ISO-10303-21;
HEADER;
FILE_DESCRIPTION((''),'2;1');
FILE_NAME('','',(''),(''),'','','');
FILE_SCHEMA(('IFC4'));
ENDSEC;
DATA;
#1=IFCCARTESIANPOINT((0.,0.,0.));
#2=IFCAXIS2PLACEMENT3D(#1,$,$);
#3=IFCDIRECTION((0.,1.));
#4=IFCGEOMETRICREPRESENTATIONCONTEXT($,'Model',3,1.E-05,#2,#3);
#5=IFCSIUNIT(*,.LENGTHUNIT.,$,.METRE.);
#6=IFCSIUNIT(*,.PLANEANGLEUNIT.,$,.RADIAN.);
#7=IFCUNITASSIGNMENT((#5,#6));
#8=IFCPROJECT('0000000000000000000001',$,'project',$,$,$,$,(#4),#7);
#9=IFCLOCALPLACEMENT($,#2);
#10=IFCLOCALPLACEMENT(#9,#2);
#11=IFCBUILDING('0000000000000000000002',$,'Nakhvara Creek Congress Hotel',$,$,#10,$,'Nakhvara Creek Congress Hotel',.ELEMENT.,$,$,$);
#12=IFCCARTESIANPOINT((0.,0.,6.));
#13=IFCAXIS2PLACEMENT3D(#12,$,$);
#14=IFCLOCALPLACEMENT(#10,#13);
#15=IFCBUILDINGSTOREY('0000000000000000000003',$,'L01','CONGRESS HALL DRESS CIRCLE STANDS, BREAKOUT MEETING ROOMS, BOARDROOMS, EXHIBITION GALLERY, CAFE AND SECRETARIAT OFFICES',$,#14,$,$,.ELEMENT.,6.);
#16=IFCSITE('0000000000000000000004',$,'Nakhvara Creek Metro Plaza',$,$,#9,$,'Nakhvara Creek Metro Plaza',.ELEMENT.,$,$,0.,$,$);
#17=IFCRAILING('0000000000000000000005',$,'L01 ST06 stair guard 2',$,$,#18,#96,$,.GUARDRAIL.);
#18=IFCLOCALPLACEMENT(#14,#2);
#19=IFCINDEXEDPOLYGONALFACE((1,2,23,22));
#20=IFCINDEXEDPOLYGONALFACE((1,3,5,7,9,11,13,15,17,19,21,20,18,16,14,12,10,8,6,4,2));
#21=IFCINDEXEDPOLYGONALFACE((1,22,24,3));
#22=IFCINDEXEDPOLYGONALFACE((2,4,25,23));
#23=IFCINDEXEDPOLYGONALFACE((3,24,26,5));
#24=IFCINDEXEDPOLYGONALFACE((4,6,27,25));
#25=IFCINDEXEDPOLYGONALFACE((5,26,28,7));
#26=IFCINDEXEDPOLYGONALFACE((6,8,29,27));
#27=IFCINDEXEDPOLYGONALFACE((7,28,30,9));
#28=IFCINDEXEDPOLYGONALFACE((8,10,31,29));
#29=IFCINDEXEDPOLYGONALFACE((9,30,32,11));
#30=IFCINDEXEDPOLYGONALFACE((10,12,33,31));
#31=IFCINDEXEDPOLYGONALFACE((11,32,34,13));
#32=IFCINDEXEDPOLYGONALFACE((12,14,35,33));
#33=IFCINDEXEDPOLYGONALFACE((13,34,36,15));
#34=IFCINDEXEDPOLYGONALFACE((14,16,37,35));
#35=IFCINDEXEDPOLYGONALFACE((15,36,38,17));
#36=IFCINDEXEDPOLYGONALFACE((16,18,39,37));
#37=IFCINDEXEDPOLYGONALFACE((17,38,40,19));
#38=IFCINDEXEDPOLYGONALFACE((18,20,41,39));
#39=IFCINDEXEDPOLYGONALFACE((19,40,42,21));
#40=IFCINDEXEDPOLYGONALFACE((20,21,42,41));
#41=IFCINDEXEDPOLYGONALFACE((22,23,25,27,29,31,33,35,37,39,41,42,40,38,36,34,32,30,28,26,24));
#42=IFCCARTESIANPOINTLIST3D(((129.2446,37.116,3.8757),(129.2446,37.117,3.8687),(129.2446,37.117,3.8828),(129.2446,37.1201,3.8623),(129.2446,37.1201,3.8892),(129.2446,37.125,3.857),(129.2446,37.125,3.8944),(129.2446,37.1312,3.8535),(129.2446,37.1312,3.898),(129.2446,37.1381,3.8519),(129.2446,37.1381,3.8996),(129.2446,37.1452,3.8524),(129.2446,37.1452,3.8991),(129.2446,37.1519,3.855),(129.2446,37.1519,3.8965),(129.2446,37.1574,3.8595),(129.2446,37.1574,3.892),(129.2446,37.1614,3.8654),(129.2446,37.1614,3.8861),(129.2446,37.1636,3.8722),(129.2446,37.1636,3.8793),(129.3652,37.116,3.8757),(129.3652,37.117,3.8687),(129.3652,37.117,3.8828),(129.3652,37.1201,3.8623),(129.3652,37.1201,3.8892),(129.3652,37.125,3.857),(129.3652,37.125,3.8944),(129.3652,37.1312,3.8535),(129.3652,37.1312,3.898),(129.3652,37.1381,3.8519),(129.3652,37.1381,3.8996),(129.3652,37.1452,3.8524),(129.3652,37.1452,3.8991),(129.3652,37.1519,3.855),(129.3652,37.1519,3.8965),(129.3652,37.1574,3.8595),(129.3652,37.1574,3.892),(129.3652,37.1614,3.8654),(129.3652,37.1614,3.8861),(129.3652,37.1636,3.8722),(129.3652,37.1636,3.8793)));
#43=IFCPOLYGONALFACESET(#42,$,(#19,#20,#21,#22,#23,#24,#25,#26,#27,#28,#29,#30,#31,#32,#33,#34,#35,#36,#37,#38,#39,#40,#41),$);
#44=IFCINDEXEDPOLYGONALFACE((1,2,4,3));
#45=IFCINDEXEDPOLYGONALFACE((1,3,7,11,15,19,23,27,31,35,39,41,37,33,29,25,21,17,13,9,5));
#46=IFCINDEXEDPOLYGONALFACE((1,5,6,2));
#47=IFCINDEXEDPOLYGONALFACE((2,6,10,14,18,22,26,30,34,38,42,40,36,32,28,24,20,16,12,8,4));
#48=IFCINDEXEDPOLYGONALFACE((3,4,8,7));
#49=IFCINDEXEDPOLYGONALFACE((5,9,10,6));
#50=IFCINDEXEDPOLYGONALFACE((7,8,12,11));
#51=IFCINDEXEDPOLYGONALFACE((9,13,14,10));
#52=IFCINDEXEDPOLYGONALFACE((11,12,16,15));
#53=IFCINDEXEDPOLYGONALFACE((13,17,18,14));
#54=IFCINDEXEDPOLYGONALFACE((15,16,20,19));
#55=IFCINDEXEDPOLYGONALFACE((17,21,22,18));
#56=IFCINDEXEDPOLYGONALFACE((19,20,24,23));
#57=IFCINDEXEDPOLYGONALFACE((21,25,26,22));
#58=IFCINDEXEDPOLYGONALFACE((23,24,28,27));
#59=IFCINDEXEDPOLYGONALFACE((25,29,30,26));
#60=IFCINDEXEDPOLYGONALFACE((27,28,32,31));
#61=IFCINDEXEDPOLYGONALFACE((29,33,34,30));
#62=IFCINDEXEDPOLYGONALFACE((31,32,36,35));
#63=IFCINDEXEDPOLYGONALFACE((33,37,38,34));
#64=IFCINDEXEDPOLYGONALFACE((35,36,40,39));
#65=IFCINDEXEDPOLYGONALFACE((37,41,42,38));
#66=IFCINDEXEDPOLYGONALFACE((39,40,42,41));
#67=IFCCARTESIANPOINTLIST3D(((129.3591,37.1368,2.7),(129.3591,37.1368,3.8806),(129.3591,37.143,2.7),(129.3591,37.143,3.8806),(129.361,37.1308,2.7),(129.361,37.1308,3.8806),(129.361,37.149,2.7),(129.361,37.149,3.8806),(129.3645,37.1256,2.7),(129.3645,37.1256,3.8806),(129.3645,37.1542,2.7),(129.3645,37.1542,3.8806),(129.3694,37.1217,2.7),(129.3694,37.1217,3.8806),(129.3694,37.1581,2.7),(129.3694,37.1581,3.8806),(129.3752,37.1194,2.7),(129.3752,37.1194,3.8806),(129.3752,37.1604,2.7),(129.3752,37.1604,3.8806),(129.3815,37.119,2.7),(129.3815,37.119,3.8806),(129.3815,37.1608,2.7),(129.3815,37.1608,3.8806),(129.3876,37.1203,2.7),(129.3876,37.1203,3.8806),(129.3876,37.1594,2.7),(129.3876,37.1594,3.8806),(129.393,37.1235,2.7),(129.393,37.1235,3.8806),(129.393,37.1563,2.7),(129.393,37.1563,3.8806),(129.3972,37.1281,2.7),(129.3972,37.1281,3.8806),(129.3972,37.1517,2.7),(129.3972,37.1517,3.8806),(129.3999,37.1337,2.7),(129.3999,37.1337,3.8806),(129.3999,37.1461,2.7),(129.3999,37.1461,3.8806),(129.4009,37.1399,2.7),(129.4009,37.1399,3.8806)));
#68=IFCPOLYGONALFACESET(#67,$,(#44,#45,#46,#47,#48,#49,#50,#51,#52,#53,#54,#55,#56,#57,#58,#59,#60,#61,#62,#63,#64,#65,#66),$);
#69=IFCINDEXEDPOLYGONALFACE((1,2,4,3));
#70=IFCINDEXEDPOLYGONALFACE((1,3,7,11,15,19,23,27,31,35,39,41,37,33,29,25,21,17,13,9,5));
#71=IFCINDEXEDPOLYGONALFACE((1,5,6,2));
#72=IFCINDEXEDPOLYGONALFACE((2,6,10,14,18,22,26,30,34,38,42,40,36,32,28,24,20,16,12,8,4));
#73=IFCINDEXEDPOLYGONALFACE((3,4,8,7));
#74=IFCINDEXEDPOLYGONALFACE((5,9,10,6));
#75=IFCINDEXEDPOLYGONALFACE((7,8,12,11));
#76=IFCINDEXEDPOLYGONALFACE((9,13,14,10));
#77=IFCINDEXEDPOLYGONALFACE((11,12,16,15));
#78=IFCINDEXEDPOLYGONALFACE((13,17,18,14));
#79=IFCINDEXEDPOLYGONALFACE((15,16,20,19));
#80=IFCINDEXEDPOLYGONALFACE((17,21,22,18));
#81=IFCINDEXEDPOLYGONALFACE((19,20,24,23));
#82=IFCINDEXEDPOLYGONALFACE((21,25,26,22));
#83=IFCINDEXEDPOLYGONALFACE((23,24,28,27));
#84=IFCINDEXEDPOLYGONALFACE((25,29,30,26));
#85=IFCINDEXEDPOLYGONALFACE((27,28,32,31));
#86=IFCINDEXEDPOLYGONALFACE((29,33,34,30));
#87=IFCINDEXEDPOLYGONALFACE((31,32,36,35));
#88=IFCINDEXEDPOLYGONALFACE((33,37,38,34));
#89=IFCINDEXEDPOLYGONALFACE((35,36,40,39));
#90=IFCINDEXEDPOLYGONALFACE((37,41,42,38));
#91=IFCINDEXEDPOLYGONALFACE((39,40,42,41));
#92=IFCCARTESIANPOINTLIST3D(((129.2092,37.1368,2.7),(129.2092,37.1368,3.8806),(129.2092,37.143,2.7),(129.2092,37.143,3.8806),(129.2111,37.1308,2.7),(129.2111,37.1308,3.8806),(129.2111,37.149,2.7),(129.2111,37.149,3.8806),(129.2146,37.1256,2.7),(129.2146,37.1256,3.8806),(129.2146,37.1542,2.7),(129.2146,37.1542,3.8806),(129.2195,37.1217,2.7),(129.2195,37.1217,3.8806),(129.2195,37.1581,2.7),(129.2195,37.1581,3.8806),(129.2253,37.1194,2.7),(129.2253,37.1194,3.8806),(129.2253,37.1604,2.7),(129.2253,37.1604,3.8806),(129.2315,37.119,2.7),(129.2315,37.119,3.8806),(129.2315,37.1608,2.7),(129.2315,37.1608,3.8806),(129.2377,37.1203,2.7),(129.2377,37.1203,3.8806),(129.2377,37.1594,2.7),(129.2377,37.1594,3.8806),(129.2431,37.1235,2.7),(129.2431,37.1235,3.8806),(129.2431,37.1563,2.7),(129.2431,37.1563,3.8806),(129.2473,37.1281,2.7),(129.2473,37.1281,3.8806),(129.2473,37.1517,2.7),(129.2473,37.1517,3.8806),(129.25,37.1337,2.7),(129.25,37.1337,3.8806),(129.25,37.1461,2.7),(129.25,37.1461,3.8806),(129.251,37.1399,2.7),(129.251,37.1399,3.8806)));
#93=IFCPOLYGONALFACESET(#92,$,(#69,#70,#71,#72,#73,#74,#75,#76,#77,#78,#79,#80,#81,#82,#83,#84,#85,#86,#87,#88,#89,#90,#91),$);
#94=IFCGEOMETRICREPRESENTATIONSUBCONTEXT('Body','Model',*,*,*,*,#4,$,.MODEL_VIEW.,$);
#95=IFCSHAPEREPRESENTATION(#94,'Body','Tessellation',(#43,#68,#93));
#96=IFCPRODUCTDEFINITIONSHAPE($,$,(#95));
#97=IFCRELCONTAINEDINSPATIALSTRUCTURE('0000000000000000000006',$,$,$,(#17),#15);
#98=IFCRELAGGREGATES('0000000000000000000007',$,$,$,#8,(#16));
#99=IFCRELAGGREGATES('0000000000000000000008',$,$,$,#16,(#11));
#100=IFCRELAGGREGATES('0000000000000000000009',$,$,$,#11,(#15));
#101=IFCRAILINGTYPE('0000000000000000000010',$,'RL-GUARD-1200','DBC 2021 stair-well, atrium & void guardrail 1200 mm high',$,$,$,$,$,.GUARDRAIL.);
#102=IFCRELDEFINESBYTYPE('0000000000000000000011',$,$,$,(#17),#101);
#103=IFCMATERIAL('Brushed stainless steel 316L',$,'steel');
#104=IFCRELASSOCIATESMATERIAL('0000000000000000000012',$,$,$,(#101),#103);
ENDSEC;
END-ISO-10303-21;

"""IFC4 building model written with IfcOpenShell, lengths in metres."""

from ifc_helpers import new_model, si_unit, direction, frame, origin, origin_2d, place, context, subcontext, project, spatial, circle, extrude, material, type_object, element, save


model = new_model("IFC4")

# Units and contexts
model_context = context("Model", 3, precision=1e-05, world=origin(), true_north=direction((0.0, 1.0)))
body_context = subcontext(model_context, "Body", "Model", "MODEL_VIEW")
ifc_project = project(units=[si_unit("LENGTHUNIT", "METRE"), si_unit("PLANEANGLEUNIT", "RADIAN")], contexts=[model_context])

# Site, building, storey
site_placement = place(None, origin())
site = spatial("IfcSite", under=ifc_project, at=site_placement, Name="Nakhvara Creek Metro Plaza", LongName="Nakhvara Creek Metro Plaza", CompositionType="ELEMENT", RefElevation=0.0)
building_placement = place(site_placement, origin())
building = spatial("IfcBuilding", under=site, at=building_placement, Name="Nakhvara Creek Congress Hotel", LongName="Nakhvara Creek Congress Hotel", CompositionType="ELEMENT")
storey_placement = place(building_placement, frame((0.0, 0.0, 6.0)))
storey = spatial("IfcBuildingStorey", under=building, at=storey_placement, Name="L01", Description="CONGRESS HALL DRESS CIRCLE STANDS, BREAKOUT MEETING ROOMS, BOARDROOMS, EXHIBITION GALLERY, CAFE AND SECRETARIAT OFFICES", CompositionType="ELEMENT", Elevation=6.0)

# Railing
ifc_material_1 = material(Name="Brushed stainless steel 316L", Category="steel")
railing_type_1 = type_object("IfcRailingType", Name="RL-GUARD-1200", Description="DBC 2021 stair-well, atrium & void guardrail 1200 mm high", PredefinedType="GUARDRAIL", material=ifc_material_1)
railing_1_placement = place(storey_placement, frame((129.3799, 37.1399, 2.7)))
element("IfcRailing", 1, at=railing_1_placement, inside=storey, type_object=railing_type_1, Name="L01 ST06 stair guard 2", PredefinedType="GUARDRAIL", context=body_context, shape_type="SweptSolid", body=[
    extrude(circle(Radius=0.0239, at=origin_2d()), frame((-0.0146, 0.0, 1.1758), z_axis=(-1.0, 0.0, 0.0), x_axis=(0.0, -1.0, 0.0)), (0.0, 0.0, 1.0), 0.1206),
    extrude(circle(Radius=0.021, at=origin_2d()), origin(), (0.0, 0.0, 1.0), 1.1807),
    extrude(circle(Radius=0.021, at=origin_2d()), frame((-0.1499, 0.0, 0.0)), (0.0, 0.0, 1.0), 1.1807),
])

save(model, "model.ifc")
